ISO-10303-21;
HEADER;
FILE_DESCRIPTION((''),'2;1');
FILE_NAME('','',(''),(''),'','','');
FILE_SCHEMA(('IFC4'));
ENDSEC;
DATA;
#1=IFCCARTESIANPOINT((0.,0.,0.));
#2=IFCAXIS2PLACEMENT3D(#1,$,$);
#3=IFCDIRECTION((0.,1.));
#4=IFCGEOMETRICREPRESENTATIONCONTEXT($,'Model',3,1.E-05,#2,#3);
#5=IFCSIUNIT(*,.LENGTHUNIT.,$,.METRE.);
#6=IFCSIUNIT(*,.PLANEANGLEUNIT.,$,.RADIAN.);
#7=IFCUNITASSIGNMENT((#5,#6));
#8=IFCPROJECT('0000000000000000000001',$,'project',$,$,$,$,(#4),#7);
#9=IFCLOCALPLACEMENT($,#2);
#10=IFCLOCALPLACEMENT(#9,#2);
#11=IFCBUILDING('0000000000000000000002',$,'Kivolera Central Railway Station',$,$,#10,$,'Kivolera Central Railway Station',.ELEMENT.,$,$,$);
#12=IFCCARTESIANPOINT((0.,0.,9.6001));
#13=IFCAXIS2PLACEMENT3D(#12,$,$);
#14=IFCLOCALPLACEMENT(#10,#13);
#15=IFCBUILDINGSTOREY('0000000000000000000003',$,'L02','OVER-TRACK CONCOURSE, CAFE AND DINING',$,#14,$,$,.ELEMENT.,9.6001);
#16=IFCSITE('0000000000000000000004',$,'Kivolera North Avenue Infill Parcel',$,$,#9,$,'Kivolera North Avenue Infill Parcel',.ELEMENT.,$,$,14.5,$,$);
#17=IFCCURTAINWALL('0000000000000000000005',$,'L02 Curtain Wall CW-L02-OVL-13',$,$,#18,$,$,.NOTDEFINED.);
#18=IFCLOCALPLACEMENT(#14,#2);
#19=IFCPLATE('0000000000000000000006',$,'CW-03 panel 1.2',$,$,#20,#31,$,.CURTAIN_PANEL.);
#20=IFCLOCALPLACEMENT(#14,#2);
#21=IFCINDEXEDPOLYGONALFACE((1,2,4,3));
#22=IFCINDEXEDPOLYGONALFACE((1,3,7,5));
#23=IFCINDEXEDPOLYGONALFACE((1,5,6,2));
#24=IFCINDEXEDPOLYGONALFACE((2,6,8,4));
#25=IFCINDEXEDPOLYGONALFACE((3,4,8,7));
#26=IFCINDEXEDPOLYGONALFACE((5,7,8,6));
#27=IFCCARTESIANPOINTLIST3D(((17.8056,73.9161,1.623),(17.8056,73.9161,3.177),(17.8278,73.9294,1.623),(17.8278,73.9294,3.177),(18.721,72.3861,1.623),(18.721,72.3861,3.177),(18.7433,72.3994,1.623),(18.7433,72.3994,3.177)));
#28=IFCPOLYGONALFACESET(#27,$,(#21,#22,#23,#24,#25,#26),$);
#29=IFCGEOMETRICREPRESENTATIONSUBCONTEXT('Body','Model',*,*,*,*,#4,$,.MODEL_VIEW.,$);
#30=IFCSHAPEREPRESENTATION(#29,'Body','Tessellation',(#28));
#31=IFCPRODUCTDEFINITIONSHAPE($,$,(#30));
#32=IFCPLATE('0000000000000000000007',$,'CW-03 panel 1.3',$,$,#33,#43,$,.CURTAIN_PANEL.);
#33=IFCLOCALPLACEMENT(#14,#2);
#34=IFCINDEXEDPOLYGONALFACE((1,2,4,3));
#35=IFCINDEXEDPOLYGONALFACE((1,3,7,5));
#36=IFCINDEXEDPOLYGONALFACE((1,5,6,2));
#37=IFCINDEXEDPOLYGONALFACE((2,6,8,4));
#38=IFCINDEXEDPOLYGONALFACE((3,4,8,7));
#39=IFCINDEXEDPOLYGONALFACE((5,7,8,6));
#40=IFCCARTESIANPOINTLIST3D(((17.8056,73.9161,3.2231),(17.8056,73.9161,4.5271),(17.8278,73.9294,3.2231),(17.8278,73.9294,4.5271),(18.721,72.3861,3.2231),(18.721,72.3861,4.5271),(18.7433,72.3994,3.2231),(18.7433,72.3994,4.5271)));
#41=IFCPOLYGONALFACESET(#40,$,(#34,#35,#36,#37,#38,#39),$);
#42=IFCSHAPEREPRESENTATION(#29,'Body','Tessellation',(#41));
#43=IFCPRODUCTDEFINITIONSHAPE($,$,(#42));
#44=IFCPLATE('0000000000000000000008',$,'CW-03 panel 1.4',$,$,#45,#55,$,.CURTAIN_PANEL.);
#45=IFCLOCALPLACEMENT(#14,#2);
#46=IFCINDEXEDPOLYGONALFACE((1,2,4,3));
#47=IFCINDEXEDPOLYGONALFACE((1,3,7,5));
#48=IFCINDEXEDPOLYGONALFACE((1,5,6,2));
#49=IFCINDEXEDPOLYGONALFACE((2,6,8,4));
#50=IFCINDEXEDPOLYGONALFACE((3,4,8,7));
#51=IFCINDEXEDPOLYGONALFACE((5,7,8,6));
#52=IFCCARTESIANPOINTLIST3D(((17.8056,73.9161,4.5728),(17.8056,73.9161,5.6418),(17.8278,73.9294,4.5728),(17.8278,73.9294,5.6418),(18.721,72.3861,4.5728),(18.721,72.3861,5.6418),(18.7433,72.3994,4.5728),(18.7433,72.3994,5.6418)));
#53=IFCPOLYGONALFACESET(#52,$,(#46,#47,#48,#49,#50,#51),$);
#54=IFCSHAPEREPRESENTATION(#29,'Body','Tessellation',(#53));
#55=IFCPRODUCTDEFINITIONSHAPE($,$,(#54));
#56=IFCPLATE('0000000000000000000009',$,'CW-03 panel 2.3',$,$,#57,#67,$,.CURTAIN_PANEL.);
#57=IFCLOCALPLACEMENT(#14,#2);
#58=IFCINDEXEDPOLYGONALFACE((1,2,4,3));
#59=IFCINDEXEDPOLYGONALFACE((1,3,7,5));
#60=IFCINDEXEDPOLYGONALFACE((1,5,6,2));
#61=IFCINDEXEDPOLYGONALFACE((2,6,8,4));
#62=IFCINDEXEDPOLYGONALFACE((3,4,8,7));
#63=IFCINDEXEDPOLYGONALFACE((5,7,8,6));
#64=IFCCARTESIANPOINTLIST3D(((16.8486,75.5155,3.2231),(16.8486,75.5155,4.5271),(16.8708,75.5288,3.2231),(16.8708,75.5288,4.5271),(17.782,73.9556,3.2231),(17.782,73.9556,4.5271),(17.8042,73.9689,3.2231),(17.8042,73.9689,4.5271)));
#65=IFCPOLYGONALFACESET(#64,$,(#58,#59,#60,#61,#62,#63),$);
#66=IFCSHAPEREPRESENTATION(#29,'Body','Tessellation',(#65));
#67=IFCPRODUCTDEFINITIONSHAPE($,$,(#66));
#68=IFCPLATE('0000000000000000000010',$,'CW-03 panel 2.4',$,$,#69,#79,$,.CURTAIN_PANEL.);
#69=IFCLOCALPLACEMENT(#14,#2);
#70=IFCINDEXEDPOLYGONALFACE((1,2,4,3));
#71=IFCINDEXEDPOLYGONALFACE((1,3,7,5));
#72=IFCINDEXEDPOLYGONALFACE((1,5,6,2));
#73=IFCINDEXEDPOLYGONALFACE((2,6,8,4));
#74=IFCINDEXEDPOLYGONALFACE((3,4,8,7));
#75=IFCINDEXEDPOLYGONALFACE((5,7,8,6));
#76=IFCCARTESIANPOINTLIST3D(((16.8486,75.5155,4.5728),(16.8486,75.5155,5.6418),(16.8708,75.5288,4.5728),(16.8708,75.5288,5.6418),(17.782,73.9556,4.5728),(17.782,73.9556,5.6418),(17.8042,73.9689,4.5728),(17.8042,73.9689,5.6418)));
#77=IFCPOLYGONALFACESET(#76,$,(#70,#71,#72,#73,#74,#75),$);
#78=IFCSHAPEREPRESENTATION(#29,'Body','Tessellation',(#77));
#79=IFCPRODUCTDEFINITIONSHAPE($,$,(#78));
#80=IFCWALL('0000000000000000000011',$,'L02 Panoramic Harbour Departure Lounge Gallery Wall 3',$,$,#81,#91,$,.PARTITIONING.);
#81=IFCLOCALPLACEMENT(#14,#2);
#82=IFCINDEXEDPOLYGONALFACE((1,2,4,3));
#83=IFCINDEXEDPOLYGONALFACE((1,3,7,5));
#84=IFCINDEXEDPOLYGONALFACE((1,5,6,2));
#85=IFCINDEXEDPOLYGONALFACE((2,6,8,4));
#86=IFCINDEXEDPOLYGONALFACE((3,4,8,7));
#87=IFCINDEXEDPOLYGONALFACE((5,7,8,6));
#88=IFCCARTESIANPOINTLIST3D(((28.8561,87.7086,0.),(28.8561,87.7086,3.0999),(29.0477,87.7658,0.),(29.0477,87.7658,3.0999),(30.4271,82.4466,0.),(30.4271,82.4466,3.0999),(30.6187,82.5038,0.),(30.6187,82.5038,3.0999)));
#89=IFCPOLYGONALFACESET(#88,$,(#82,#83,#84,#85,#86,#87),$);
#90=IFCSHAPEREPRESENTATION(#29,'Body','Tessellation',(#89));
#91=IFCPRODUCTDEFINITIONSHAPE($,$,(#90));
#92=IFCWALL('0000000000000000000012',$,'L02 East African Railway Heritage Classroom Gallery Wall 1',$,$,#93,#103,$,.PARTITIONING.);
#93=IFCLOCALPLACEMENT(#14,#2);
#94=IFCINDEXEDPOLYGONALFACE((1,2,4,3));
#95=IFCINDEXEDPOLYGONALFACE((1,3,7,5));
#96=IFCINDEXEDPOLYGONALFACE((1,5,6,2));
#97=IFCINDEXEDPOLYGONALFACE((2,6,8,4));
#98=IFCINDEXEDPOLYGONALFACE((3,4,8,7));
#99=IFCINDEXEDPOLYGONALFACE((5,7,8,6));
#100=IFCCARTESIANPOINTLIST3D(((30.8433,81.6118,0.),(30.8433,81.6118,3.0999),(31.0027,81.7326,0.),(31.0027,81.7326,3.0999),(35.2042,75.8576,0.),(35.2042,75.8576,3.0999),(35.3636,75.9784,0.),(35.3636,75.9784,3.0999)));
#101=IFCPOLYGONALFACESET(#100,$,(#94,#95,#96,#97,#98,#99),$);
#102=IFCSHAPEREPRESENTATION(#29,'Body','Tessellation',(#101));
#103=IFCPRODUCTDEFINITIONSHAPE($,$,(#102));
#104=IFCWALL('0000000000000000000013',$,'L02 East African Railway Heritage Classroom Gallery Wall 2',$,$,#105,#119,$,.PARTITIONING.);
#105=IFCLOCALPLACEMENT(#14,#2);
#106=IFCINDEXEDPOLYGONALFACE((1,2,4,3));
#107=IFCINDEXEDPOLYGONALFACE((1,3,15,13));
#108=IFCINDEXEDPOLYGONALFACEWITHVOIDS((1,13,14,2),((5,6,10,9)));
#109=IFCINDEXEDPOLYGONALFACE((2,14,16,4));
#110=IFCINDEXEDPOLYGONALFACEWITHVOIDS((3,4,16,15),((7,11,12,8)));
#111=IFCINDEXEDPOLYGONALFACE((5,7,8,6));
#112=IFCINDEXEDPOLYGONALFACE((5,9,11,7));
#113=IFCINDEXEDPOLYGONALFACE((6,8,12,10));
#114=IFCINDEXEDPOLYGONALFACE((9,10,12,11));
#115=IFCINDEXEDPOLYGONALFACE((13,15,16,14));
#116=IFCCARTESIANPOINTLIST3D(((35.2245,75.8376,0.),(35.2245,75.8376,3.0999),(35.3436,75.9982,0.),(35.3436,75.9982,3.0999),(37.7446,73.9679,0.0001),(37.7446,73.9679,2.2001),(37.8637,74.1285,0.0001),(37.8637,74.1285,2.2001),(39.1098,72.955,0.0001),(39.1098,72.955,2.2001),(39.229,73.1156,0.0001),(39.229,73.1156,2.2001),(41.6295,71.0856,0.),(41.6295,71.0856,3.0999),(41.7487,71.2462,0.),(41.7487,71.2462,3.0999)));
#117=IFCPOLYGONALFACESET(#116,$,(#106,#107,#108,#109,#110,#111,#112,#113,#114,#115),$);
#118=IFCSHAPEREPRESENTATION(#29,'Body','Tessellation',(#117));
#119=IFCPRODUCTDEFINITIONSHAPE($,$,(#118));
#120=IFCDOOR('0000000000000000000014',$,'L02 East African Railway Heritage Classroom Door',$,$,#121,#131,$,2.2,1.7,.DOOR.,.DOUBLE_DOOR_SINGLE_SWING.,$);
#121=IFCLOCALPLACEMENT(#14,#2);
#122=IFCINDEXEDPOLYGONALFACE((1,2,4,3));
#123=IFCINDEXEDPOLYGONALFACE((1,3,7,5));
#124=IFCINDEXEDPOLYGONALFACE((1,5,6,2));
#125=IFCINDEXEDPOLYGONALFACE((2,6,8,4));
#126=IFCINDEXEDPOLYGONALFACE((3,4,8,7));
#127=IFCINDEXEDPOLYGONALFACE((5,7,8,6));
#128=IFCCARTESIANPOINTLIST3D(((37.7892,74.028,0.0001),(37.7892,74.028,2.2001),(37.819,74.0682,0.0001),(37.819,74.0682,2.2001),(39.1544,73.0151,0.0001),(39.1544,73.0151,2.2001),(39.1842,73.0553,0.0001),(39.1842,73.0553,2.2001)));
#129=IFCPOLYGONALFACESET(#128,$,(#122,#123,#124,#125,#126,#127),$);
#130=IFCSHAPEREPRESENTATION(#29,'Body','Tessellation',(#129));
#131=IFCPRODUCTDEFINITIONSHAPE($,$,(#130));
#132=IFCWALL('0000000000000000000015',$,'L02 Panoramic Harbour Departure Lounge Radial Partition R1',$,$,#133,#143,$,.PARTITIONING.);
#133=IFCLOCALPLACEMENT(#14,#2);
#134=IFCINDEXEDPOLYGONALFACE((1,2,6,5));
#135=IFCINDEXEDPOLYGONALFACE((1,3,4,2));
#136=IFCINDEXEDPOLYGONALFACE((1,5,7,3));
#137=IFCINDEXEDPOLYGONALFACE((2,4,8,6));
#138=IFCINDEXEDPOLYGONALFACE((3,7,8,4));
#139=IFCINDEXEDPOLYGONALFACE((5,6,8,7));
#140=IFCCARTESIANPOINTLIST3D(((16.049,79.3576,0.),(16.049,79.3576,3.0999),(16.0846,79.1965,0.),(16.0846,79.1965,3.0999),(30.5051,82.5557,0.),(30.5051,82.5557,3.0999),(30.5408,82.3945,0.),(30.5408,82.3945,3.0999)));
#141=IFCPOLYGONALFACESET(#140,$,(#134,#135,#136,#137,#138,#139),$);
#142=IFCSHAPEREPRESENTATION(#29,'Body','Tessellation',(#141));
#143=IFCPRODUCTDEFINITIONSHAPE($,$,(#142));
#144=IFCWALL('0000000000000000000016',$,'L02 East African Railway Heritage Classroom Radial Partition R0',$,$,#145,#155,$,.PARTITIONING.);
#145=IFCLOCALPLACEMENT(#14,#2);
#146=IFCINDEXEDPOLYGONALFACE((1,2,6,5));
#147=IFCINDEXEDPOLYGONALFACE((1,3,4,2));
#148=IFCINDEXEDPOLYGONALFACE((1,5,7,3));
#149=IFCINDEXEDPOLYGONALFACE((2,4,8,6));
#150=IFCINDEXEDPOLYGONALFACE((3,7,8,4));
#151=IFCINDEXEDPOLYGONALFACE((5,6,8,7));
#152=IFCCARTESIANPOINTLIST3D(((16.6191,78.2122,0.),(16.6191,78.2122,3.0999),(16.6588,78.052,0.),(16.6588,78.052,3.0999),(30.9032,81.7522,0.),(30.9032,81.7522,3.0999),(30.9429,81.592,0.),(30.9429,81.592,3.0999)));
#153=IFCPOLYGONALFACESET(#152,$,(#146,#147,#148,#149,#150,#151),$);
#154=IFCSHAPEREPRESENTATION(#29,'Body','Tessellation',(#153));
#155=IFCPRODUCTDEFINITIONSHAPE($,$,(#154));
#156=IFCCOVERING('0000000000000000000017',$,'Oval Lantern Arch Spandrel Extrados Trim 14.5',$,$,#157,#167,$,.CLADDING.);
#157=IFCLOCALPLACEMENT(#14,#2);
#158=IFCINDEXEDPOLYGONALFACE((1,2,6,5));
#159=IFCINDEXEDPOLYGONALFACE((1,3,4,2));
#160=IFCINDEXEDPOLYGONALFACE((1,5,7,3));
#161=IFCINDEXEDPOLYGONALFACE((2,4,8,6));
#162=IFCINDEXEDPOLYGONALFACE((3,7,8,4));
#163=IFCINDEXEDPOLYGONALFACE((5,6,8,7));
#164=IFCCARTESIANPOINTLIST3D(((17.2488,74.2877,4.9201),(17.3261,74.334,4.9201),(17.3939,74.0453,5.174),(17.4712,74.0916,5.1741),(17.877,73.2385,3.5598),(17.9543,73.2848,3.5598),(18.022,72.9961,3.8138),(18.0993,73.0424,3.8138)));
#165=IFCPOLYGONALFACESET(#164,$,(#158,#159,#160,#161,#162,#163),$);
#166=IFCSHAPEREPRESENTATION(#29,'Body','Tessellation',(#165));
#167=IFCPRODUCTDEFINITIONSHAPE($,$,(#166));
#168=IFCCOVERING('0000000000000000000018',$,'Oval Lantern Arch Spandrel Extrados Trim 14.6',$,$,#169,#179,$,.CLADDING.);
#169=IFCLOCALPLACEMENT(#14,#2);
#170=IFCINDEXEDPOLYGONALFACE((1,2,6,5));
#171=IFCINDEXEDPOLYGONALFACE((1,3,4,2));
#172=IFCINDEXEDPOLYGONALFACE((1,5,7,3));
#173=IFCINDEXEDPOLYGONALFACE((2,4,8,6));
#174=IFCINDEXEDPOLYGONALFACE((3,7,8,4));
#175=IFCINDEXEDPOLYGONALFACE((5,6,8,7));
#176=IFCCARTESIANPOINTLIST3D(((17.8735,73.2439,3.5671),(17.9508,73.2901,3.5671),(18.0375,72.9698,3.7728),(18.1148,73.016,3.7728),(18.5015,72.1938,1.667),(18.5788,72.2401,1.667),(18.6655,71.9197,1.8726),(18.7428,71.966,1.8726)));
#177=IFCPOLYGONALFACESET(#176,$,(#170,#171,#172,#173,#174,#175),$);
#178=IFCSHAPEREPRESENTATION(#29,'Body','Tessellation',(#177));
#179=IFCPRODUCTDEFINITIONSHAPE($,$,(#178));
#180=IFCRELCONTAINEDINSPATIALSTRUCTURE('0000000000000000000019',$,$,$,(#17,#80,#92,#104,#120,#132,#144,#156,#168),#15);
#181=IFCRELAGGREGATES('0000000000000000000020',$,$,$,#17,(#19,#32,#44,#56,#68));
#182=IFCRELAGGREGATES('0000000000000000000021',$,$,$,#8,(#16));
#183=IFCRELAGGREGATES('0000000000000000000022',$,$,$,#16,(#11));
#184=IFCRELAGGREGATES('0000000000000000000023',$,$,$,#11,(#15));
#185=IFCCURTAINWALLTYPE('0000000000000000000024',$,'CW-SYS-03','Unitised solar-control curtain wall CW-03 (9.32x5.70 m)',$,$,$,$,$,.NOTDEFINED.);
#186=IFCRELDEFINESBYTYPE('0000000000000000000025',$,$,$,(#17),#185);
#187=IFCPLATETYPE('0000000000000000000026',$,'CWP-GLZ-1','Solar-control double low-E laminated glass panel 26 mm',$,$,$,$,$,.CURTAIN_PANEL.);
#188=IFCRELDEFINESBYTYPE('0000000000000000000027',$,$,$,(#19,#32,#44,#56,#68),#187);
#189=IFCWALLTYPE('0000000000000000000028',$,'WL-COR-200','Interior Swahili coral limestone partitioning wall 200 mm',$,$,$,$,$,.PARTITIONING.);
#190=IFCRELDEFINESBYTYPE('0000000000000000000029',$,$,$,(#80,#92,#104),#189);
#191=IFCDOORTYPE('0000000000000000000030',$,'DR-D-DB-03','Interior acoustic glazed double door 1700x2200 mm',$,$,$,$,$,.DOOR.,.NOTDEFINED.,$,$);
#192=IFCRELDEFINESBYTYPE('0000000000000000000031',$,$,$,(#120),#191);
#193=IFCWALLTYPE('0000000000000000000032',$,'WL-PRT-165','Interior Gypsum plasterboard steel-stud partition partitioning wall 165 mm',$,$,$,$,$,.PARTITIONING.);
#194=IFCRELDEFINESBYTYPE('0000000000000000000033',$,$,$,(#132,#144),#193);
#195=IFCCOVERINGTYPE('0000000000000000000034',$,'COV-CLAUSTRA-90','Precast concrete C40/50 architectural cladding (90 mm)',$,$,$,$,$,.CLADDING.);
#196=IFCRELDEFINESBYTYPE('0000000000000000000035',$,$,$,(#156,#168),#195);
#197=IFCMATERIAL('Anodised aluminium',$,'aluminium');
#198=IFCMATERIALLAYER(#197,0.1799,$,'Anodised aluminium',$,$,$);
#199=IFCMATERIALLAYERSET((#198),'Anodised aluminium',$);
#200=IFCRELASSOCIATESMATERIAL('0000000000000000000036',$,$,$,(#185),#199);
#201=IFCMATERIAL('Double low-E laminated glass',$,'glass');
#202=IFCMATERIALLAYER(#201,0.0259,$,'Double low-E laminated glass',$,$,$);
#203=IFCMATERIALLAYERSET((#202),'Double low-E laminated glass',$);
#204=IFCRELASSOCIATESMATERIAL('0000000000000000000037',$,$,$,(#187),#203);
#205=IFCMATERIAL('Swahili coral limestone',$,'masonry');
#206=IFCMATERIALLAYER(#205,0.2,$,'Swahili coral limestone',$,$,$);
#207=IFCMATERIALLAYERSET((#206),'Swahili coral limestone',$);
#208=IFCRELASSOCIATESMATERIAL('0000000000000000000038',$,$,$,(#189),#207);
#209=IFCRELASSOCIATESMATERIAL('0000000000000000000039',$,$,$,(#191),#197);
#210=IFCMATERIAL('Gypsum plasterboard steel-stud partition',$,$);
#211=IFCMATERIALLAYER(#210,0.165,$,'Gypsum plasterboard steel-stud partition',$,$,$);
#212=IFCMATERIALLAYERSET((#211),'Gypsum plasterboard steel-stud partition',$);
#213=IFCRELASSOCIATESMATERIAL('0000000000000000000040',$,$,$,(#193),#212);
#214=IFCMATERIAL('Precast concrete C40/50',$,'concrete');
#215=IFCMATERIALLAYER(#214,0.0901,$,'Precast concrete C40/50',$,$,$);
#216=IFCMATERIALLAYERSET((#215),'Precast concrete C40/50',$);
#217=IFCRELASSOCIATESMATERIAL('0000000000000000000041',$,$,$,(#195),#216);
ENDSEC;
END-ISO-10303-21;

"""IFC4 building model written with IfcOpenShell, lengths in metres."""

from ifc_helpers import new_model, si_unit, direction, frame, frame_2d, origin, origin_2d, place, context, subcontext, project, spatial, rectangle, extrude, material, layer, layer_set, type_object, element, fill, aggregate, save


model = new_model("IFC4")

# Units and contexts
model_context = context("Model", 3, precision=1e-05, world=origin(), true_north=direction((0.0, 1.0)))
body_context = subcontext(model_context, "Body", "Model", "MODEL_VIEW")
ifc_project = project(units=[si_unit("LENGTHUNIT", "METRE"), si_unit("PLANEANGLEUNIT", "RADIAN")], contexts=[model_context])

# Site, building, storey
site_placement = place(None, origin())
site = spatial("IfcSite", under=ifc_project, at=site_placement, Name="Kivolera North Avenue Infill Parcel", LongName="Kivolera North Avenue Infill Parcel", CompositionType="ELEMENT", RefElevation=14.5)
building_placement = place(site_placement, origin())
building = spatial("IfcBuilding", under=site, at=building_placement, Name="Kivolera Central Railway Station", LongName="Kivolera Central Railway Station", CompositionType="ELEMENT")
storey_placement = place(building_placement, frame((0.0, 0.0, 9.6001)))
storey = spatial("IfcBuildingStorey", under=building, at=storey_placement, Name="L02", Description="OVER-TRACK CONCOURSE, CAFE AND DINING", CompositionType="ELEMENT", Elevation=9.6001)

# Curtain wall
ifc_material_1 = material(Name="Anodised aluminium", Category="aluminium")
ifc_layer_1 = layer(ifc_material_1, 0.1799, Name="Anodised aluminium")
ifc_layer_set_1 = layer_set([ifc_layer_1], Name="Anodised aluminium")
curtain_wall_type_1 = type_object("IfcCurtainWallType", Name="CW-SYS-03", Description="Unitised solar-control curtain wall CW-03 (9.32x5.70 m)", PredefinedType="NOTDEFINED", material=ifc_layer_set_1)
curtain_wall_1_placement = place(storey_placement, origin())
curtain_wall_1 = element("IfcCurtainWall", 1, at=curtain_wall_1_placement, inside=storey, type_object=curtain_wall_type_1, Name="L02 Curtain Wall CW-L02-OVL-13", PredefinedType="NOTDEFINED")

# Plates
ifc_material_2 = material(Name="Double low-E laminated glass", Category="glass")
ifc_layer_2 = layer(ifc_material_2, 0.0259, Name="Double low-E laminated glass")
ifc_layer_set_2 = layer_set([ifc_layer_2], Name="Double low-E laminated glass")
plate_type = type_object("IfcPlateType", Name="CWP-GLZ-1", Description="Solar-control double low-E laminated glass panel 26 mm", PredefinedType="CURTAIN_PANEL", material=ifc_layer_set_2)
plate_1_placement = place(storey_placement, frame((18.2744, 73.1577, 1.623), z_axis=(0.0, 0.0, 1.0), x_axis=(-0.513454, 0.858117, 0.0)))
plate_1 = element("IfcPlate", 2, at=plate_1_placement, type_object=plate_type, Name="CW-03 panel 1.2", PredefinedType="CURTAIN_PANEL", context=body_context, shape_type="SweptSolid", body=[
    extrude(rectangle(XDim=1.783, YDim=0.0259, at=origin_2d()), origin(), (0.0, 0.0, 1.0), 1.554),
])
plate_2_placement = place(storey_placement, frame((18.2744, 73.1577, 3.2231), z_axis=(0.0, 0.0, 1.0), x_axis=(-0.513454, 0.858117, 0.0)))
plate_2 = element("IfcPlate", 3, at=plate_2_placement, type_object=plate_type, Name="CW-03 panel 1.3", PredefinedType="CURTAIN_PANEL", context=body_context, shape_type="SweptSolid", body=[
    extrude(rectangle(XDim=1.783, YDim=0.0259, at=origin_2d()), origin(), (0.0, 0.0, 1.0), 1.304),
])
plate_3_placement = place(storey_placement, frame((18.2744, 73.1577, 4.5728), z_axis=(0.0, 0.0, 1.0), x_axis=(-0.513454, 0.858117, 0.0)))
plate_3 = element("IfcPlate", 4, at=plate_3_placement, type_object=plate_type, Name="CW-03 panel 1.4", PredefinedType="CURTAIN_PANEL", context=body_context, shape_type="SweptSolid", body=[
    extrude(rectangle(XDim=1.783, YDim=0.0259, at=origin_2d()), origin(), (0.0, 0.0, 1.0), 1.0691),
])
plate_4_placement = place(storey_placement, frame((17.3264, 74.7422, 3.2231), z_axis=(0.0, 0.0, 1.0), x_axis=(-0.513454, 0.858117, 0.0)))
plate_4 = element("IfcPlate", 5, at=plate_4_placement, type_object=plate_type, Name="CW-03 panel 2.3", PredefinedType="CURTAIN_PANEL", context=body_context, shape_type="SweptSolid", body=[
    extrude(rectangle(XDim=1.8179, YDim=0.0259, at=origin_2d()), origin(), (0.0, 0.0, 1.0), 1.304),
])
plate_5_placement = place(storey_placement, frame((17.3264, 74.7422, 4.5728), z_axis=(0.0, 0.0, 1.0), x_axis=(-0.513454, 0.858117, 0.0)))
plate_5 = element("IfcPlate", 6, at=plate_5_placement, type_object=plate_type, Name="CW-03 panel 2.4", PredefinedType="CURTAIN_PANEL", context=body_context, shape_type="SweptSolid", body=[
    extrude(rectangle(XDim=1.8179, YDim=0.0259, at=origin_2d()), origin(), (0.0, 0.0, 1.0), 1.0691),
])
aggregate(curtain_wall_1, [plate_1, plate_2, plate_3, plate_4, plate_5])

# Walls
ifc_material_3 = material(Name="Swahili coral limestone", Category="masonry")
ifc_layer_3 = layer(ifc_material_3, 0.2, Name="Swahili coral limestone")
ifc_layer_set_3 = layer_set([ifc_layer_3], Name="Swahili coral limestone")
wall_type_1 = type_object("IfcWallType", Name="WL-COR-200", Description="Interior Swahili coral limestone partitioning wall 200 mm", PredefinedType="PARTITIONING", material=ifc_layer_set_3)
wall_1_placement = place(storey_placement, frame((28.9519, 87.7371, 0.0), z_axis=(0.0, 0.0, 1.0), x_axis=(0.286087, -0.958204, 0.0)))
element("IfcWall", 7, at=wall_1_placement, inside=storey, type_object=wall_type_1, Name="L02 Panoramic Harbour Departure Lounge Gallery Wall 3", PredefinedType="PARTITIONING", context=body_context, shape_type="SweptSolid", body=[
    extrude(rectangle(XDim=5.4915, YDim=0.2, at=frame_2d((2.7456, 0.0))), origin(), (0.0, 0.0, 1.0), 3.0999),
])
wall_2_placement = place(storey_placement, frame((30.9231, 81.6721, 0.0), z_axis=(0.0, 0.0, 1.0), x_axis=(0.604002, -0.796983, 0.0)))
element("IfcWall", 8, at=wall_2_placement, inside=storey, type_object=wall_type_1, Name="L02 East African Railway Heritage Classroom Gallery Wall 1", PredefinedType="PARTITIONING", context=body_context, shape_type="SweptSolid", body=[
    extrude(rectangle(XDim=7.22, YDim=0.2, at=frame_2d((3.6099, 0.0))), origin(), (0.0, 0.0, 1.0), 3.0999),
])

# Wall, opening, door
wall_3_placement = place(storey_placement, frame((35.2839, 75.918, 0.0), z_axis=(0.0, 0.0, 1.0), x_axis=(0.803108, -0.595834, 0.0)))
wall_3 = element("IfcWall", 9, at=wall_3_placement, inside=storey, type_object=wall_type_1, Name="L02 East African Railway Heritage Classroom Gallery Wall 2", PredefinedType="PARTITIONING", context=body_context, shape_type="SweptSolid", body=[
    extrude(rectangle(XDim=7.9753, YDim=0.2, at=frame_2d((3.9878, 0.0))), origin(), (0.0, 0.0, 1.0), 3.0999),
])
opening_placement = place(wall_3_placement, frame((3.1379, 0.0, 0.0)))
opening = element("IfcOpeningElement", 10, at=opening_placement, cuts=wall_3, PredefinedType="OPENING", context=body_context, shape_type="SweptSolid", body=[
    extrude(rectangle(XDim=1.7, YDim=2.2, at=frame_2d((0.8501, 1.1001))), frame((0.0, 0.1099, 0.0), z_axis=(0.0, -1.0, 0.0), x_axis=(1.0, 0.0, 0.0)), (0.0, 0.0, 1.0), 0.22),
])
door_type = type_object("IfcDoorType", Name="DR-D-DB-03", Description="Interior acoustic glazed double door 1700x2200 mm", OperationType="NOTDEFINED", PredefinedType="DOOR", material=ifc_material_1)
door_placement = place(opening_placement, origin())
door = element("IfcDoor", 11, at=door_placement, inside=storey, type_object=door_type, Name="L02 East African Railway Heritage Classroom Door", OperationType="DOUBLE_DOOR_SINGLE_SWING", OverallHeight=2.2, OverallWidth=1.7, PredefinedType="DOOR", context=body_context, shape_type="SweptSolid", body=[
    extrude(rectangle(XDim=1.7, YDim=2.2, at=frame_2d((0.8501, 1.1001))), frame((0.0, 0.0249, 0.0), z_axis=(0.0, -1.0, 0.0), x_axis=(1.0, 0.0, 0.0)), (0.0, 0.0, 1.0), 0.05),
])
fill(opening, door)

# Walls
ifc_material_4 = material(Name="Gypsum plasterboard steel-stud partition")
ifc_layer_4 = layer(ifc_material_4, 0.165, Name="Gypsum plasterboard steel-stud partition")
ifc_layer_set_4 = layer_set([ifc_layer_4], Name="Gypsum plasterboard steel-stud partition")
wall_type_2 = type_object("IfcWallType", Name="WL-PRT-165", Description="Interior Gypsum plasterboard steel-stud partition partitioning wall 165 mm", PredefinedType="PARTITIONING", material=ifc_layer_set_4)
wall_4_placement = place(storey_placement, frame((30.5229, 82.4751, 0.0), z_axis=(0.0, 0.0, 1.0), x_axis=(-0.976393, -0.216, 0.0)))
element("IfcWall", 12, at=wall_4_placement, inside=storey, type_object=wall_type_2, Name="L02 Panoramic Harbour Departure Lounge Radial Partition R1", PredefinedType="PARTITIONING", context=body_context, shape_type="SweptSolid", body=[
    extrude(rectangle(XDim=14.8057, YDim=0.165, at=frame_2d((7.4028, 0.0))), origin(), (0.0, 0.0, 1.0), 3.0999),
])
wall_5_placement = place(storey_placement, frame((30.9231, 81.6721, 0.0), z_axis=(0.0, 0.0, 1.0), x_axis=(-0.970636, -0.240552, 0.0)))
element("IfcWall", 13, at=wall_5_placement, inside=storey, type_object=wall_type_2, Name="L02 East African Railway Heritage Classroom Radial Partition R0", PredefinedType="PARTITIONING", context=body_context, shape_type="SweptSolid", body=[
    extrude(rectangle(XDim=14.7163, YDim=0.165, at=frame_2d((7.3582, 0.0))), origin(), (0.0, 0.0, 1.0), 3.0999),
])

# Coverings
ifc_material_5 = material(Name="Precast concrete C40/50", Category="concrete")
ifc_layer_5 = layer(ifc_material_5, 0.0901, Name="Precast concrete C40/50")
ifc_layer_set_5 = layer_set([ifc_layer_5], Name="Precast concrete C40/50")
covering_type = type_object("IfcCoveringType", Name="COV-CLAUSTRA-90", Description="Precast concrete C40/50 architectural cladding (90 mm)", PredefinedType="CLADDING", material=ifc_layer_set_5)
covering_1_placement = place(storey_placement, frame((17.6741, 73.665, 4.3669), z_axis=(0.343401, -0.573611, -0.743671), x_axis=(-0.858138, -0.51342, 0.0)))
element("IfcCovering", 14, at=covering_1_placement, inside=storey, type_object=covering_type, Name="Oval Lantern Arch Spandrel Extrados Trim 14.5", PredefinedType="CLADDING", context=body_context, shape_type="SweptSolid", body=[
    extrude(rectangle(XDim=0.0901, YDim=0.3799, at=origin_2d()), frame((0.0, 0.0, -0.9146)), (0.0, 0.0, 1.0), 1.8291),
])
covering_2_placement = place(storey_placement, frame((18.3081, 72.605, 2.72), z_axis=(0.277896, -0.464634, -0.840767), x_axis=(-0.858138, -0.51342, 0.0)))
element("IfcCovering", 15, at=covering_2_placement, inside=storey, type_object=covering_type, Name="Oval Lantern Arch Spandrel Extrados Trim 14.6", PredefinedType="CLADDING", context=body_context, shape_type="SweptSolid", body=[
    extrude(rectangle(XDim=0.0901, YDim=0.3799, at=origin_2d()), frame((0.0, 0.0, -1.1299)), (0.0, 0.0, 1.0), 2.26),
])

save(model, "model.ifc")
